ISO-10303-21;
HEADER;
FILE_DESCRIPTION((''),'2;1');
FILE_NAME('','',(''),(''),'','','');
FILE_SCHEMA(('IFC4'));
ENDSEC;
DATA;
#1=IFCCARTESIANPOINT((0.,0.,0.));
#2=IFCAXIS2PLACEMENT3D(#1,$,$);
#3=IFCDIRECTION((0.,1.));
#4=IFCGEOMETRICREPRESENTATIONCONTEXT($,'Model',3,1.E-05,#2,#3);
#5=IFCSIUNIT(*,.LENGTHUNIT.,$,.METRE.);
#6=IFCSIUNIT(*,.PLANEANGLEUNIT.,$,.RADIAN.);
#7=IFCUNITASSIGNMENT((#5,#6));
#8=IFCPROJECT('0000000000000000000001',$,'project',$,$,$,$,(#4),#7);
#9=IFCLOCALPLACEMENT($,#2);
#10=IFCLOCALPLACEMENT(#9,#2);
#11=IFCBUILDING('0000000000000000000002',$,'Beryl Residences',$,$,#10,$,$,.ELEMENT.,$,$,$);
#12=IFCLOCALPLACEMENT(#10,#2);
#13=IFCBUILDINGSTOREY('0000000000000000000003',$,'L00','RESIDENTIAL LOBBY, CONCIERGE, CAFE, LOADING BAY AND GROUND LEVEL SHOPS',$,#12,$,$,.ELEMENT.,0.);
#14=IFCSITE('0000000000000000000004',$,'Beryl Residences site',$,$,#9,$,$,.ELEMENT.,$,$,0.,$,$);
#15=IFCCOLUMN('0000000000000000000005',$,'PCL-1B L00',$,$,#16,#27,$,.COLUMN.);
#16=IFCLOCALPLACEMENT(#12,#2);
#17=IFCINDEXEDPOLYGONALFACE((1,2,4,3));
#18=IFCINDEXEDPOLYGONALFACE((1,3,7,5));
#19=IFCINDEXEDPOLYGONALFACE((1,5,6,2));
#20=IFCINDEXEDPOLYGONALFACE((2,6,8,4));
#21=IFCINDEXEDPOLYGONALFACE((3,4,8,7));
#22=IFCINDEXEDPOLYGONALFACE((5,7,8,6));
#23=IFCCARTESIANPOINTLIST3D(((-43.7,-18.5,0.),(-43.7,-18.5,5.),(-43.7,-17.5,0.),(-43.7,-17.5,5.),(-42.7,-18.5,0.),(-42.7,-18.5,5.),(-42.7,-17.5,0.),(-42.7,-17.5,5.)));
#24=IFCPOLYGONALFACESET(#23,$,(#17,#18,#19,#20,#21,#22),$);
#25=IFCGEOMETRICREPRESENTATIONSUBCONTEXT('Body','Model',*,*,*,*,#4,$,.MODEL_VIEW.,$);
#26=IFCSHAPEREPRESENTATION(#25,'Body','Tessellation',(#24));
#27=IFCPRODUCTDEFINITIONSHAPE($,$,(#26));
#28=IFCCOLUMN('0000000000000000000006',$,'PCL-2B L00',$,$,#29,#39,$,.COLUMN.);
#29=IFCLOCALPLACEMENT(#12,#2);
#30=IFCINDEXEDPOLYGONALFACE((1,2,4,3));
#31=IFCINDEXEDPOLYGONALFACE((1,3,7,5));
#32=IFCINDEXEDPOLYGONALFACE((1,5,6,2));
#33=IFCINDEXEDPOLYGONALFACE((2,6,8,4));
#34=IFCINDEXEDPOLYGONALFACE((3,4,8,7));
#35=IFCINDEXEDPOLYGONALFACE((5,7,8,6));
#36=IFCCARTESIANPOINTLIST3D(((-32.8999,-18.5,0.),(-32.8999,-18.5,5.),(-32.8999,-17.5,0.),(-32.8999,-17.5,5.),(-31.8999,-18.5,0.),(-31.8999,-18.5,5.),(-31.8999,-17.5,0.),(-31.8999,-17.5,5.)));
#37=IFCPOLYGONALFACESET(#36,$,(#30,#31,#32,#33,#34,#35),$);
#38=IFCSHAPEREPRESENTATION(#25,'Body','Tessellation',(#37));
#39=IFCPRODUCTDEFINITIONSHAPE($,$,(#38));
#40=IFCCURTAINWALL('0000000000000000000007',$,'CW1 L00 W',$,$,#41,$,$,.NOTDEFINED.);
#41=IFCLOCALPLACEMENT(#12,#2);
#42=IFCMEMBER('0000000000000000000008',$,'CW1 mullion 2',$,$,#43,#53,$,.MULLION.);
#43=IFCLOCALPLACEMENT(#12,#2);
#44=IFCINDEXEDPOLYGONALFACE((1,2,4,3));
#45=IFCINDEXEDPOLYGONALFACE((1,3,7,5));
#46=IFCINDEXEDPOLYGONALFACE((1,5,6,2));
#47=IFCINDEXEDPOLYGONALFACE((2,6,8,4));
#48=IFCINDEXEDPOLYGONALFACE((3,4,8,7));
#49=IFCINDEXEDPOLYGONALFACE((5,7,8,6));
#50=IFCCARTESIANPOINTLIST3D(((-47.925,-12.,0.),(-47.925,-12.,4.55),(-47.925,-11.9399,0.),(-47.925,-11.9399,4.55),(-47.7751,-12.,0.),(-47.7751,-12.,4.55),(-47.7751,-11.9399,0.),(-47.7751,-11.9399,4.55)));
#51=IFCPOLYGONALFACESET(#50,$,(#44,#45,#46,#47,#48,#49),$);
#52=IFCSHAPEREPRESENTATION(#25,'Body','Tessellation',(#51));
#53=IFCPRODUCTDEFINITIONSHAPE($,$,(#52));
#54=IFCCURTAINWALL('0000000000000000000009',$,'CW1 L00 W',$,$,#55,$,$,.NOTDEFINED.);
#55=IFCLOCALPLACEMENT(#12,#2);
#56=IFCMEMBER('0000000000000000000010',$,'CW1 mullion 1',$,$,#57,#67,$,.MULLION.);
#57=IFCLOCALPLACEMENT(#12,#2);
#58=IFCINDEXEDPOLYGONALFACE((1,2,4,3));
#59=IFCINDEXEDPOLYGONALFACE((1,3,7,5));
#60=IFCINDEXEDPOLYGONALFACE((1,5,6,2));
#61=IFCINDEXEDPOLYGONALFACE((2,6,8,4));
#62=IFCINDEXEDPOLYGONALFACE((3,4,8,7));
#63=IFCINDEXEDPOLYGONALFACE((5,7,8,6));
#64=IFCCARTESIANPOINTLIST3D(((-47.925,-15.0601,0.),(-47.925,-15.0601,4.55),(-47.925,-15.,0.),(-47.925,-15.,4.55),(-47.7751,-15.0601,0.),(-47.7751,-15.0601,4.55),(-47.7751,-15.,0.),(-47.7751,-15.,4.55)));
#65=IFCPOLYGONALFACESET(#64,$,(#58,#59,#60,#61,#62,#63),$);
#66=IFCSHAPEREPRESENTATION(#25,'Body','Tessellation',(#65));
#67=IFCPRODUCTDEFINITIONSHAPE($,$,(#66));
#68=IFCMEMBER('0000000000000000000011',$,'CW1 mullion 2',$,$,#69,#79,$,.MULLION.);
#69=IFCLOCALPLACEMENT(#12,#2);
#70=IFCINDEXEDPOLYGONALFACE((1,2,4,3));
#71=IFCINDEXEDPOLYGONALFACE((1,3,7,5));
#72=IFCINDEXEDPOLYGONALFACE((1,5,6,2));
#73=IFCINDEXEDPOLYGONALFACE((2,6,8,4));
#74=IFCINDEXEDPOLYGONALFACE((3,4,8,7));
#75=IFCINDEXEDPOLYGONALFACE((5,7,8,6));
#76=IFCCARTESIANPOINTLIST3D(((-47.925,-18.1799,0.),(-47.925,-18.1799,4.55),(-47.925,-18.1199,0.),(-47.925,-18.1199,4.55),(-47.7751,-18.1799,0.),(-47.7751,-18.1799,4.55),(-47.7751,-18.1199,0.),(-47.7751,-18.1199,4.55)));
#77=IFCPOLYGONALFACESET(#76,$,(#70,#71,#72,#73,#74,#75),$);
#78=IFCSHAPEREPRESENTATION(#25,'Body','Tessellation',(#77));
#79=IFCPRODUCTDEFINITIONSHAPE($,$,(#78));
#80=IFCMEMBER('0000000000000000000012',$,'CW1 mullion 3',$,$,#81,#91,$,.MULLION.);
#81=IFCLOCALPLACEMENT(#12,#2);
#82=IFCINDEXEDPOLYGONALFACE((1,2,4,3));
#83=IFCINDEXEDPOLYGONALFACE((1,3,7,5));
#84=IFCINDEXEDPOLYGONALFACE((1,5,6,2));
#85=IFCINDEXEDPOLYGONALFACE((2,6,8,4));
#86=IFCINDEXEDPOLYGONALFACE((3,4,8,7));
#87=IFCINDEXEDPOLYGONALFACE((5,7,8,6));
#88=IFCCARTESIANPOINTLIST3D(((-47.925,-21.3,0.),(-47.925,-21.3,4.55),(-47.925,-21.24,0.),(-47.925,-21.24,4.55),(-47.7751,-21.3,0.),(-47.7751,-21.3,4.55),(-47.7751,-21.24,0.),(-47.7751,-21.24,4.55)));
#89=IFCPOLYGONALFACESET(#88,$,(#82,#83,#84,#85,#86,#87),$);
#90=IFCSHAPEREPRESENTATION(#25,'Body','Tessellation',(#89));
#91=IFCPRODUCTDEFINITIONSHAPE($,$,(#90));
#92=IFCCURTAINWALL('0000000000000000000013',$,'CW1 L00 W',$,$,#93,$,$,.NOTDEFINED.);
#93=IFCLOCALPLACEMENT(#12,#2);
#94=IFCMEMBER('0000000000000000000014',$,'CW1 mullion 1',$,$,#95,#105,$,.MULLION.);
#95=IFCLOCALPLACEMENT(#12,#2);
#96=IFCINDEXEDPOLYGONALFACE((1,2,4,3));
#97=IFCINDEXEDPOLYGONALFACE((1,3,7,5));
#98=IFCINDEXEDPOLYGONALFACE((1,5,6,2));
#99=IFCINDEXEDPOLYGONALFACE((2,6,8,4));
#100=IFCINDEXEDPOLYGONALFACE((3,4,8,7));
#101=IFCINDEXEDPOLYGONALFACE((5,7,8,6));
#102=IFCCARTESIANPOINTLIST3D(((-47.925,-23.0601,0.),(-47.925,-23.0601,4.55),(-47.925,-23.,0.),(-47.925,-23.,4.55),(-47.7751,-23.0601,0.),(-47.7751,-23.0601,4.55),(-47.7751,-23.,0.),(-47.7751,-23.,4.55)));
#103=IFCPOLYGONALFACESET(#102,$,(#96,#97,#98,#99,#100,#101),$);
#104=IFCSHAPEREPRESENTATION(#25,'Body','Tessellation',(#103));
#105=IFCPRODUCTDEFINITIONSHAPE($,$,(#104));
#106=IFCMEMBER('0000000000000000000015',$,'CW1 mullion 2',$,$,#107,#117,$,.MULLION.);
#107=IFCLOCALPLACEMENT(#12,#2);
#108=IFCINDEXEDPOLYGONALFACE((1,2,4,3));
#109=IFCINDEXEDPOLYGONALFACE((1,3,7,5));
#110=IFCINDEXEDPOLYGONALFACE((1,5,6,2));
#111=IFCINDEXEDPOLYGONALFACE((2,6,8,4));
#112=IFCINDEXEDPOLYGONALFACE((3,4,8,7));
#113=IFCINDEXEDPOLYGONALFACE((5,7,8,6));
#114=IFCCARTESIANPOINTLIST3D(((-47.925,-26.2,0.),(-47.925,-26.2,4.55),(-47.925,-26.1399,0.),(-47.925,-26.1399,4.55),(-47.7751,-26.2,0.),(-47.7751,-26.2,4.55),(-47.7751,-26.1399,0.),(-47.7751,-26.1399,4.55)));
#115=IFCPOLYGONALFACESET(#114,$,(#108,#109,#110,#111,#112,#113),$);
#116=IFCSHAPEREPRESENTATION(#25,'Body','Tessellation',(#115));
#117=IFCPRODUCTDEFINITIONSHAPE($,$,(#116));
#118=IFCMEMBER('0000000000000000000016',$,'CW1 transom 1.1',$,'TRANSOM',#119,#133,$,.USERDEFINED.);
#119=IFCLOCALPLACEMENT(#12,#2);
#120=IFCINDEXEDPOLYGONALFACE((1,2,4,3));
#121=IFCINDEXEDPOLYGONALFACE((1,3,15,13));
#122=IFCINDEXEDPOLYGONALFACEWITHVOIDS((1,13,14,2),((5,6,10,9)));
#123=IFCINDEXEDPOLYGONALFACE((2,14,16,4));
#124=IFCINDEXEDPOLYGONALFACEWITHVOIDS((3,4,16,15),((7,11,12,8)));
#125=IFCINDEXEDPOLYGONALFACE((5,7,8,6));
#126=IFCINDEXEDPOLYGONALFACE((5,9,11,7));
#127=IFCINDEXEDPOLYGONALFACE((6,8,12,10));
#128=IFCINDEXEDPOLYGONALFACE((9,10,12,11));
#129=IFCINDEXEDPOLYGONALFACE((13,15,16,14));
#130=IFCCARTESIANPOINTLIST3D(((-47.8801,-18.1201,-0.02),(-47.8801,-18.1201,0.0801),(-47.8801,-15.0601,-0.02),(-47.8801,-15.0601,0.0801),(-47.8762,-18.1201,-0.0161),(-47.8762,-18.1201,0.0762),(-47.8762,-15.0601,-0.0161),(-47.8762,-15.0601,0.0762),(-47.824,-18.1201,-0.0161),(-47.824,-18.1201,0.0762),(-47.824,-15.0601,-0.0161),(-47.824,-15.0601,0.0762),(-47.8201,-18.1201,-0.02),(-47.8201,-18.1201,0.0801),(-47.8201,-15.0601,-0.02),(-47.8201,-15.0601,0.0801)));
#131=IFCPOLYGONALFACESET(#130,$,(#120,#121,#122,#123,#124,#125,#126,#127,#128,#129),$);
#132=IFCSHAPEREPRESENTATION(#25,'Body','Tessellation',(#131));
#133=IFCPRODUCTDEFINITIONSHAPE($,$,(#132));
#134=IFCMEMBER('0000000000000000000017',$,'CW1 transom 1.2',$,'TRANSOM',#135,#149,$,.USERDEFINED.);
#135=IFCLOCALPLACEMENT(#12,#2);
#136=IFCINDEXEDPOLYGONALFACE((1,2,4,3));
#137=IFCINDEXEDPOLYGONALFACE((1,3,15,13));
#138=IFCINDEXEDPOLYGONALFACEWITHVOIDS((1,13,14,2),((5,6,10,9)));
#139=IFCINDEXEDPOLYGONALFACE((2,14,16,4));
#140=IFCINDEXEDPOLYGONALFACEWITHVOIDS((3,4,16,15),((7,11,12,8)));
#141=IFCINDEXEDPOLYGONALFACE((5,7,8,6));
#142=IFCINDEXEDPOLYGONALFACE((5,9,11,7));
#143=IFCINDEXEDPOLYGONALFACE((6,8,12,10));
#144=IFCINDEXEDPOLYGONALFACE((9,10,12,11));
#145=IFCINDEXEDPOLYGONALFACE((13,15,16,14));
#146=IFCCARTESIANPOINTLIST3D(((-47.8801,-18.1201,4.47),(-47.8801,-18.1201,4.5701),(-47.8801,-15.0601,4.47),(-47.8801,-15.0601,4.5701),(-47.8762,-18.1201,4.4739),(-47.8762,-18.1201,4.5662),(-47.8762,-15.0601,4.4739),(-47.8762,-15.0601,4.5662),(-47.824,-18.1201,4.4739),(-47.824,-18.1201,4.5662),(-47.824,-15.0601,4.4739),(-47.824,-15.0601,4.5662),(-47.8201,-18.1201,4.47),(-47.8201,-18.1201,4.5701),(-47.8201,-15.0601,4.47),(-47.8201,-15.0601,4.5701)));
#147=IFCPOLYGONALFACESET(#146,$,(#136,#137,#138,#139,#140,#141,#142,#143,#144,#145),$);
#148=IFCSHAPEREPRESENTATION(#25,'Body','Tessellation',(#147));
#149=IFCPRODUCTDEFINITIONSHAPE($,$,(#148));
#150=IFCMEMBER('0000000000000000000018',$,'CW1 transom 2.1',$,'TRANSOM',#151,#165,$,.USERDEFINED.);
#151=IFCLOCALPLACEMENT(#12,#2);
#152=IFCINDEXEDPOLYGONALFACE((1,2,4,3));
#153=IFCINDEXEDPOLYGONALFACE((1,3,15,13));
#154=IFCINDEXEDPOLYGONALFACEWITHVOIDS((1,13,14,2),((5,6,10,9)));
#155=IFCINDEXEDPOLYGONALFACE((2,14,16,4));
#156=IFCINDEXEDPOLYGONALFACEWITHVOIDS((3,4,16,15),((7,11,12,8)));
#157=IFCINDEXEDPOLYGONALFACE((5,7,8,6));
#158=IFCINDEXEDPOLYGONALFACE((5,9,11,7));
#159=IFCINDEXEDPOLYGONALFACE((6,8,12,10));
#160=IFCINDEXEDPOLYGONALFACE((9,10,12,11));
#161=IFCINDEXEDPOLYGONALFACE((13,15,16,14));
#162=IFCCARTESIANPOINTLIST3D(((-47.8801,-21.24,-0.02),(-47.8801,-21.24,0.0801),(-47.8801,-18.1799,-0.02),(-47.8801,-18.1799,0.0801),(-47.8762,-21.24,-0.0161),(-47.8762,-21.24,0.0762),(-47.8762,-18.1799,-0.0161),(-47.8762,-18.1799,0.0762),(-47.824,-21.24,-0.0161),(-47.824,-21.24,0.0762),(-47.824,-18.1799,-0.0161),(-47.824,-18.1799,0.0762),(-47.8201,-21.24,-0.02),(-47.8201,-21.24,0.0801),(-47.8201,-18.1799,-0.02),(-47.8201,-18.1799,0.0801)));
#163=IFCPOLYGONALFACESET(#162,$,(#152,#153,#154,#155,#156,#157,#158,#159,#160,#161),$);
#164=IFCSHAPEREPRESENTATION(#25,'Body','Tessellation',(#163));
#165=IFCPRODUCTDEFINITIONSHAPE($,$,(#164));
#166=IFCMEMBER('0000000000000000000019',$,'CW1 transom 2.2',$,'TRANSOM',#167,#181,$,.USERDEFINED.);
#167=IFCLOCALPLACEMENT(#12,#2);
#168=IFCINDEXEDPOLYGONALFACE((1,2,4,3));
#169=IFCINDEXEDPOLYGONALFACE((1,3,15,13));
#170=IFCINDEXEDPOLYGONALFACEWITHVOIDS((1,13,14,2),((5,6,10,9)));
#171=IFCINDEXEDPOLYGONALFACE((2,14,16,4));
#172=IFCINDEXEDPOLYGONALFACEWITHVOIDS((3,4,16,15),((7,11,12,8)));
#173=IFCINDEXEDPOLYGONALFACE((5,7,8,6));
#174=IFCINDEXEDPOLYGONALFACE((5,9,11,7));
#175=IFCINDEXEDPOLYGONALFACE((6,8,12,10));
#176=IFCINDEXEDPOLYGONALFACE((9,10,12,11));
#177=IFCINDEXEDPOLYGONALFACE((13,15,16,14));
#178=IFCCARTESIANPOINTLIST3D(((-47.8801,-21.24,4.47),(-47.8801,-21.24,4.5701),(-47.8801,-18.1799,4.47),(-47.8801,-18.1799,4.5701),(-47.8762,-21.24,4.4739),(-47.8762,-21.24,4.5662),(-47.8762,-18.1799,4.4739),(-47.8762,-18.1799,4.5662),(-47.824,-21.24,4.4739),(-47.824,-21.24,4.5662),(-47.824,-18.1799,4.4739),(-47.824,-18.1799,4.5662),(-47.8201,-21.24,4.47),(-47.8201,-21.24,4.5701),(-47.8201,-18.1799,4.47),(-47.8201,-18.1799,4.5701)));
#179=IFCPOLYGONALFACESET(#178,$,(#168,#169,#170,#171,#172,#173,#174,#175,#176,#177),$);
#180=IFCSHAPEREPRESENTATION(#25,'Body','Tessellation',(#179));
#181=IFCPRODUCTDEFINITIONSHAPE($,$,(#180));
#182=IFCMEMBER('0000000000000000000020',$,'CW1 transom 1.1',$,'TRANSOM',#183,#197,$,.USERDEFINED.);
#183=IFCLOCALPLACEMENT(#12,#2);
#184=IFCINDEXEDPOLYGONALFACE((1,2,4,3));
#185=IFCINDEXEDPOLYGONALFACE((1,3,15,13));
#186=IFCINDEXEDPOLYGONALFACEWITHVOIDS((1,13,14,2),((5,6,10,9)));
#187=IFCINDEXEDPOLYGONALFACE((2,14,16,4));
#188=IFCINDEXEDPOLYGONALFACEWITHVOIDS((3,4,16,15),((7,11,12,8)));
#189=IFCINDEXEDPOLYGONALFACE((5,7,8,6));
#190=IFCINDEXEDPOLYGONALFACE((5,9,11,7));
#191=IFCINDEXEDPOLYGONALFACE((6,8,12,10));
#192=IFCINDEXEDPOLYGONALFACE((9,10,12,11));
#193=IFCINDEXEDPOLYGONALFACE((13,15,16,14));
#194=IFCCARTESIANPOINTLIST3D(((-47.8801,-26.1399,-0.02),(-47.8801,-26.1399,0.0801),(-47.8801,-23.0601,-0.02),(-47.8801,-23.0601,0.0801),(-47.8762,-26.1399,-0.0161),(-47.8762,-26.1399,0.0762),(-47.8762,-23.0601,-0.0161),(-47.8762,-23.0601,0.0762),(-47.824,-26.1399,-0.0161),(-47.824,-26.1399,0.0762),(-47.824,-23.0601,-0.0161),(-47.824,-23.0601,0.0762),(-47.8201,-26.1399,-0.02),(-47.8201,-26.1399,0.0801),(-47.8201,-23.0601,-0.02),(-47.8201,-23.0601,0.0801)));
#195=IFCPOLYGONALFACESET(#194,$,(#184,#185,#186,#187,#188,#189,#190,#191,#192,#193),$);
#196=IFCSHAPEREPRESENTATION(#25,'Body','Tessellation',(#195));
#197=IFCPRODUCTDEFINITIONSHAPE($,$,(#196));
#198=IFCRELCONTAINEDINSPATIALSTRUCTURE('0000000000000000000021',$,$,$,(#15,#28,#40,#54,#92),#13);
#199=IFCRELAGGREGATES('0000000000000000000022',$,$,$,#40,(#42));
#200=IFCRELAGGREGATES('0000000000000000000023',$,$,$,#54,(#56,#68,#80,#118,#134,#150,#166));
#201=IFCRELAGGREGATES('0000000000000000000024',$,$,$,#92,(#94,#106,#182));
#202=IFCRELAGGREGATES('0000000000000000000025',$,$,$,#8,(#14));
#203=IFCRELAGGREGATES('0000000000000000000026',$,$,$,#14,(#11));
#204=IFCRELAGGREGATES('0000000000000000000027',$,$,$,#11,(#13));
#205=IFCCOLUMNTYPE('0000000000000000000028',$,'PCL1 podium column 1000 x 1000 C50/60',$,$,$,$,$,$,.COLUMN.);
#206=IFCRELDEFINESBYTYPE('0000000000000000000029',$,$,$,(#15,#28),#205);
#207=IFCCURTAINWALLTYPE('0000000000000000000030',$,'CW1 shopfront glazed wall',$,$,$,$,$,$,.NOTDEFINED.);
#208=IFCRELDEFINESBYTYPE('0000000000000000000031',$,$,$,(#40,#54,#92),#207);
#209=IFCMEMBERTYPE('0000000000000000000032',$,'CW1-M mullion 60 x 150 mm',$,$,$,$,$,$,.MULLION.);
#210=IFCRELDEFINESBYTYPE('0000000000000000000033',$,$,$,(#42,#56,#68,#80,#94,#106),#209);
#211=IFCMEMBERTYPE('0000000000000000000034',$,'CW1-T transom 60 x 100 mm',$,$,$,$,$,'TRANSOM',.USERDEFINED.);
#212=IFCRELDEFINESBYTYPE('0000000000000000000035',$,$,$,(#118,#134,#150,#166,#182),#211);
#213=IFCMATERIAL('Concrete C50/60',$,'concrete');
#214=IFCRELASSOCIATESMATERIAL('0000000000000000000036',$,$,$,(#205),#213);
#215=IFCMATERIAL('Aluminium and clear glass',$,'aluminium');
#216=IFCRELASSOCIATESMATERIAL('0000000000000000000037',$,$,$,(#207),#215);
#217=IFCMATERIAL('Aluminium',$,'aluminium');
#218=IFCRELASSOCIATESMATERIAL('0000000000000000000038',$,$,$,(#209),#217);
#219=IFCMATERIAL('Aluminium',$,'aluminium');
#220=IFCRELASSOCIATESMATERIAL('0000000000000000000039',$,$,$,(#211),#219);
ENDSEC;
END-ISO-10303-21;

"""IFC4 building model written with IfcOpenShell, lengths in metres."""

from ifc_helpers import new_model, si_unit, direction, frame, origin, origin_2d, place, context, subcontext, project, spatial, rectangle, hollow_rectangle, extrude, material, material_profile, profile_set, type_object, element, aggregate, save


model = new_model("IFC4")

# Units and contexts
model_context = context("Model", 3, precision=1e-05, world=origin(), true_north=direction((0.0, 1.0)))
body_context = subcontext(model_context, "Body", "Model", "MODEL_VIEW")
ifc_project = project(units=[si_unit("LENGTHUNIT", "METRE"), si_unit("PLANEANGLEUNIT", "RADIAN")], contexts=[model_context])

# Site, building, storey
site_placement = place(None, origin())
site = spatial("IfcSite", under=ifc_project, at=site_placement, Name="Beryl Residences site", CompositionType="ELEMENT", RefElevation=0.0)
building_placement = place(site_placement, origin())
building = spatial("IfcBuilding", under=site, at=building_placement, Name="Beryl Residences", CompositionType="ELEMENT")
storey_placement = place(building_placement, origin())
storey = spatial("IfcBuildingStorey", under=building, at=storey_placement, Name="L00", Description="RESIDENTIAL LOBBY, CONCIERGE, CAFE, LOADING BAY AND GROUND LEVEL SHOPS", CompositionType="ELEMENT", Elevation=0.0)

# Columns
ifc_material_1 = material(Name="Concrete C50/60", Category="concrete")
ifc_material_profile_1 = material_profile(ifc_material_1, rectangle(XDim=1.0, YDim=1.0, at=origin_2d()))
ifc_profile_set_1 = profile_set([ifc_material_profile_1], Name="Concrete C50/60")
column_type = type_object("IfcColumnType", Name="PCL1 podium column 1000 x 1000 C50/60", PredefinedType="COLUMN", material=ifc_profile_set_1)
for number, where, z_axis, x_axis, name in (
    (1, (-43.2, -18.0, 0.0), (0.0, 0.0, 1.0), (1.0, 0.0, 0.0), "PCL-1B L00"),
    (2, (-32.3999, -18.0, 0.0), (0.0, 0.0, 1.0), (1.0, 0.0, 0.0), "PCL-2B L00"),
):
    element("IfcColumn", number, at=place(storey_placement, frame(where, z_axis=z_axis, x_axis=x_axis)), inside=storey, type_object=column_type, Name=name, PredefinedType="COLUMN", context=body_context, shape_type="SweptSolid", body=[
        extrude(rectangle(XDim=1.0, YDim=1.0, at=origin_2d()), origin(), (0.0, 0.0, 1.0), 5.0),
    ])

# Curtain wall, member
ifc_material_2 = material(Name="Aluminium and clear glass", Category="aluminium")
curtain_wall_type = type_object("IfcCurtainWallType", Name="CW1 shopfront glazed wall", PredefinedType="NOTDEFINED", material=ifc_material_2)
curtain_wall_1_placement = place(storey_placement, origin())
curtain_wall_1 = element("IfcCurtainWall", 3, at=curtain_wall_1_placement, inside=storey, type_object=curtain_wall_type, Name="CW1 L00 W", PredefinedType="NOTDEFINED")
ifc_material_3 = material(Name="Aluminium", Category="aluminium")
ifc_material_profile_2 = material_profile(ifc_material_3, rectangle(XDim=0.0601, YDim=0.1499, at=origin_2d()))
ifc_profile_set_2 = profile_set([ifc_material_profile_2], Name="Aluminium")
member_type_1 = type_object("IfcMemberType", Name="CW1-M mullion 60 x 150 mm", PredefinedType="MULLION", material=ifc_profile_set_2)
member_1_placement = place(storey_placement, frame((-47.8501, -11.97, 0.0), z_axis=(0.0, 0.0, 1.0), x_axis=(0.0, -1.0, 0.0)))
member_1 = element("IfcMember", 4, at=member_1_placement, type_object=member_type_1, Name="CW1 mullion 2", PredefinedType="MULLION", context=body_context, shape_type="SweptSolid", body=[
    extrude(rectangle(XDim=0.0601, YDim=0.1499, at=origin_2d()), origin(), (0.0, 0.0, 1.0), 4.55),
])

# Curtain walls, members
curtain_wall_2_placement = place(storey_placement, origin())
curtain_wall_2 = element("IfcCurtainWall", 5, at=curtain_wall_2_placement, inside=storey, type_object=curtain_wall_type, Name="CW1 L00 W", PredefinedType="NOTDEFINED")
member_2_placement = place(storey_placement, frame((-47.8501, -15.03, 0.0), z_axis=(0.0, 0.0, 1.0), x_axis=(0.0, -1.0, 0.0)))
member_2 = element("IfcMember", 6, at=member_2_placement, type_object=member_type_1, Name="CW1 mullion 1", PredefinedType="MULLION", context=body_context, shape_type="SweptSolid", body=[
    extrude(rectangle(XDim=0.0601, YDim=0.1499, at=origin_2d()), origin(), (0.0, 0.0, 1.0), 4.55),
])
member_3_placement = place(storey_placement, frame((-47.8501, -18.1499, 0.0), z_axis=(0.0, 0.0, 1.0), x_axis=(0.0, -1.0, 0.0)))
member_3 = element("IfcMember", 7, at=member_3_placement, type_object=member_type_1, Name="CW1 mullion 2", PredefinedType="MULLION", context=body_context, shape_type="SweptSolid", body=[
    extrude(rectangle(XDim=0.0601, YDim=0.1499, at=origin_2d()), origin(), (0.0, 0.0, 1.0), 4.55),
])
member_4_placement = place(storey_placement, frame((-47.8501, -21.27, 0.0), z_axis=(0.0, 0.0, 1.0), x_axis=(0.0, -1.0, 0.0)))
member_4 = element("IfcMember", 8, at=member_4_placement, type_object=member_type_1, Name="CW1 mullion 3", PredefinedType="MULLION", context=body_context, shape_type="SweptSolid", body=[
    extrude(rectangle(XDim=0.0601, YDim=0.1499, at=origin_2d()), origin(), (0.0, 0.0, 1.0), 4.55),
])
curtain_wall_3_placement = place(storey_placement, origin())
curtain_wall_3 = element("IfcCurtainWall", 9, at=curtain_wall_3_placement, inside=storey, type_object=curtain_wall_type, Name="CW1 L00 W", PredefinedType="NOTDEFINED")
member_5_placement = place(storey_placement, frame((-47.8501, -23.03, 0.0), z_axis=(0.0, 0.0, 1.0), x_axis=(0.0, -1.0, 0.0)))
member_5 = element("IfcMember", 10, at=member_5_placement, type_object=member_type_1, Name="CW1 mullion 1", PredefinedType="MULLION", context=body_context, shape_type="SweptSolid", body=[
    extrude(rectangle(XDim=0.0601, YDim=0.1499, at=origin_2d()), origin(), (0.0, 0.0, 1.0), 4.55),
])
member_6_placement = place(storey_placement, frame((-47.8501, -26.1699, 0.0), z_axis=(0.0, 0.0, 1.0), x_axis=(0.0, -1.0, 0.0)))
member_6 = element("IfcMember", 11, at=member_6_placement, type_object=member_type_1, Name="CW1 mullion 2", PredefinedType="MULLION", context=body_context, shape_type="SweptSolid", body=[
    extrude(rectangle(XDim=0.0601, YDim=0.1499, at=origin_2d()), origin(), (0.0, 0.0, 1.0), 4.55),
])

# Members
ifc_material_4 = material(Name="Aluminium", Category="aluminium")
ifc_material_profile_3 = material_profile(ifc_material_4, hollow_rectangle(XDim=0.0601, YDim=0.1001, WallThickness=0.0039, at=origin_2d()))
ifc_profile_set_3 = profile_set([ifc_material_profile_3], Name="Aluminium")
member_type_2 = type_object("IfcMemberType", Name="CW1-T transom 60 x 100 mm", ElementType="TRANSOM", PredefinedType="USERDEFINED", material=ifc_profile_set_3)
member_7_placement = place(storey_placement, frame((-47.8501, -15.0601, 0.03), z_axis=(0.0, -1.0, 0.0), x_axis=(1.0, 0.0, 0.0)))
member_7 = element("IfcMember", 12, at=member_7_placement, type_object=member_type_2, Name="CW1 transom 1.1", ObjectType="TRANSOM", PredefinedType="USERDEFINED", context=body_context, shape_type="SweptSolid", body=[
    extrude(hollow_rectangle(XDim=0.0601, YDim=0.1001, WallThickness=0.0039, at=origin_2d()), origin(), (0.0, 0.0, 1.0), 3.0601),
])
member_8_placement = place(storey_placement, frame((-47.8501, -15.0601, 4.52), z_axis=(0.0, -1.0, 0.0), x_axis=(1.0, 0.0, 0.0)))
member_8 = element("IfcMember", 13, at=member_8_placement, type_object=member_type_2, Name="CW1 transom 1.2", ObjectType="TRANSOM", PredefinedType="USERDEFINED", context=body_context, shape_type="SweptSolid", body=[
    extrude(hollow_rectangle(XDim=0.0601, YDim=0.1001, WallThickness=0.0039, at=origin_2d()), origin(), (0.0, 0.0, 1.0), 3.0601),
])
member_9_placement = place(storey_placement, frame((-47.8501, -18.1799, 0.03), z_axis=(0.0, -1.0, 0.0), x_axis=(1.0, 0.0, 0.0)))
member_9 = element("IfcMember", 14, at=member_9_placement, type_object=member_type_2, Name="CW1 transom 2.1", ObjectType="TRANSOM", PredefinedType="USERDEFINED", context=body_context, shape_type="SweptSolid", body=[
    extrude(hollow_rectangle(XDim=0.0601, YDim=0.1001, WallThickness=0.0039, at=origin_2d()), origin(), (0.0, 0.0, 1.0), 3.0601),
])
member_10_placement = place(storey_placement, frame((-47.8501, -18.1799, 4.52), z_axis=(0.0, -1.0, 0.0), x_axis=(1.0, 0.0, 0.0)))
member_10 = element("IfcMember", 15, at=member_10_placement, type_object=member_type_2, Name="CW1 transom 2.2", ObjectType="TRANSOM", PredefinedType="USERDEFINED", context=body_context, shape_type="SweptSolid", body=[
    extrude(hollow_rectangle(XDim=0.0601, YDim=0.1001, WallThickness=0.0039, at=origin_2d()), origin(), (0.0, 0.0, 1.0), 3.0601),
])
member_11_placement = place(storey_placement, frame((-47.8501, -23.0601, 0.03), z_axis=(0.0, -1.0, 0.0), x_axis=(1.0, 0.0, 0.0)))
member_11 = element("IfcMember", 16, at=member_11_placement, type_object=member_type_2, Name="CW1 transom 1.1", ObjectType="TRANSOM", PredefinedType="USERDEFINED", context=body_context, shape_type="SweptSolid", body=[
    extrude(hollow_rectangle(XDim=0.0601, YDim=0.1001, WallThickness=0.0039, at=origin_2d()), origin(), (0.0, 0.0, 1.0), 3.0798),
])

aggregate(curtain_wall_1, [member_1])
aggregate(curtain_wall_2, [member_2, member_3, member_4, member_7, member_8, member_9, member_10])
aggregate(curtain_wall_3, [member_5, member_6, member_11])

save(model, "model.ifc")
